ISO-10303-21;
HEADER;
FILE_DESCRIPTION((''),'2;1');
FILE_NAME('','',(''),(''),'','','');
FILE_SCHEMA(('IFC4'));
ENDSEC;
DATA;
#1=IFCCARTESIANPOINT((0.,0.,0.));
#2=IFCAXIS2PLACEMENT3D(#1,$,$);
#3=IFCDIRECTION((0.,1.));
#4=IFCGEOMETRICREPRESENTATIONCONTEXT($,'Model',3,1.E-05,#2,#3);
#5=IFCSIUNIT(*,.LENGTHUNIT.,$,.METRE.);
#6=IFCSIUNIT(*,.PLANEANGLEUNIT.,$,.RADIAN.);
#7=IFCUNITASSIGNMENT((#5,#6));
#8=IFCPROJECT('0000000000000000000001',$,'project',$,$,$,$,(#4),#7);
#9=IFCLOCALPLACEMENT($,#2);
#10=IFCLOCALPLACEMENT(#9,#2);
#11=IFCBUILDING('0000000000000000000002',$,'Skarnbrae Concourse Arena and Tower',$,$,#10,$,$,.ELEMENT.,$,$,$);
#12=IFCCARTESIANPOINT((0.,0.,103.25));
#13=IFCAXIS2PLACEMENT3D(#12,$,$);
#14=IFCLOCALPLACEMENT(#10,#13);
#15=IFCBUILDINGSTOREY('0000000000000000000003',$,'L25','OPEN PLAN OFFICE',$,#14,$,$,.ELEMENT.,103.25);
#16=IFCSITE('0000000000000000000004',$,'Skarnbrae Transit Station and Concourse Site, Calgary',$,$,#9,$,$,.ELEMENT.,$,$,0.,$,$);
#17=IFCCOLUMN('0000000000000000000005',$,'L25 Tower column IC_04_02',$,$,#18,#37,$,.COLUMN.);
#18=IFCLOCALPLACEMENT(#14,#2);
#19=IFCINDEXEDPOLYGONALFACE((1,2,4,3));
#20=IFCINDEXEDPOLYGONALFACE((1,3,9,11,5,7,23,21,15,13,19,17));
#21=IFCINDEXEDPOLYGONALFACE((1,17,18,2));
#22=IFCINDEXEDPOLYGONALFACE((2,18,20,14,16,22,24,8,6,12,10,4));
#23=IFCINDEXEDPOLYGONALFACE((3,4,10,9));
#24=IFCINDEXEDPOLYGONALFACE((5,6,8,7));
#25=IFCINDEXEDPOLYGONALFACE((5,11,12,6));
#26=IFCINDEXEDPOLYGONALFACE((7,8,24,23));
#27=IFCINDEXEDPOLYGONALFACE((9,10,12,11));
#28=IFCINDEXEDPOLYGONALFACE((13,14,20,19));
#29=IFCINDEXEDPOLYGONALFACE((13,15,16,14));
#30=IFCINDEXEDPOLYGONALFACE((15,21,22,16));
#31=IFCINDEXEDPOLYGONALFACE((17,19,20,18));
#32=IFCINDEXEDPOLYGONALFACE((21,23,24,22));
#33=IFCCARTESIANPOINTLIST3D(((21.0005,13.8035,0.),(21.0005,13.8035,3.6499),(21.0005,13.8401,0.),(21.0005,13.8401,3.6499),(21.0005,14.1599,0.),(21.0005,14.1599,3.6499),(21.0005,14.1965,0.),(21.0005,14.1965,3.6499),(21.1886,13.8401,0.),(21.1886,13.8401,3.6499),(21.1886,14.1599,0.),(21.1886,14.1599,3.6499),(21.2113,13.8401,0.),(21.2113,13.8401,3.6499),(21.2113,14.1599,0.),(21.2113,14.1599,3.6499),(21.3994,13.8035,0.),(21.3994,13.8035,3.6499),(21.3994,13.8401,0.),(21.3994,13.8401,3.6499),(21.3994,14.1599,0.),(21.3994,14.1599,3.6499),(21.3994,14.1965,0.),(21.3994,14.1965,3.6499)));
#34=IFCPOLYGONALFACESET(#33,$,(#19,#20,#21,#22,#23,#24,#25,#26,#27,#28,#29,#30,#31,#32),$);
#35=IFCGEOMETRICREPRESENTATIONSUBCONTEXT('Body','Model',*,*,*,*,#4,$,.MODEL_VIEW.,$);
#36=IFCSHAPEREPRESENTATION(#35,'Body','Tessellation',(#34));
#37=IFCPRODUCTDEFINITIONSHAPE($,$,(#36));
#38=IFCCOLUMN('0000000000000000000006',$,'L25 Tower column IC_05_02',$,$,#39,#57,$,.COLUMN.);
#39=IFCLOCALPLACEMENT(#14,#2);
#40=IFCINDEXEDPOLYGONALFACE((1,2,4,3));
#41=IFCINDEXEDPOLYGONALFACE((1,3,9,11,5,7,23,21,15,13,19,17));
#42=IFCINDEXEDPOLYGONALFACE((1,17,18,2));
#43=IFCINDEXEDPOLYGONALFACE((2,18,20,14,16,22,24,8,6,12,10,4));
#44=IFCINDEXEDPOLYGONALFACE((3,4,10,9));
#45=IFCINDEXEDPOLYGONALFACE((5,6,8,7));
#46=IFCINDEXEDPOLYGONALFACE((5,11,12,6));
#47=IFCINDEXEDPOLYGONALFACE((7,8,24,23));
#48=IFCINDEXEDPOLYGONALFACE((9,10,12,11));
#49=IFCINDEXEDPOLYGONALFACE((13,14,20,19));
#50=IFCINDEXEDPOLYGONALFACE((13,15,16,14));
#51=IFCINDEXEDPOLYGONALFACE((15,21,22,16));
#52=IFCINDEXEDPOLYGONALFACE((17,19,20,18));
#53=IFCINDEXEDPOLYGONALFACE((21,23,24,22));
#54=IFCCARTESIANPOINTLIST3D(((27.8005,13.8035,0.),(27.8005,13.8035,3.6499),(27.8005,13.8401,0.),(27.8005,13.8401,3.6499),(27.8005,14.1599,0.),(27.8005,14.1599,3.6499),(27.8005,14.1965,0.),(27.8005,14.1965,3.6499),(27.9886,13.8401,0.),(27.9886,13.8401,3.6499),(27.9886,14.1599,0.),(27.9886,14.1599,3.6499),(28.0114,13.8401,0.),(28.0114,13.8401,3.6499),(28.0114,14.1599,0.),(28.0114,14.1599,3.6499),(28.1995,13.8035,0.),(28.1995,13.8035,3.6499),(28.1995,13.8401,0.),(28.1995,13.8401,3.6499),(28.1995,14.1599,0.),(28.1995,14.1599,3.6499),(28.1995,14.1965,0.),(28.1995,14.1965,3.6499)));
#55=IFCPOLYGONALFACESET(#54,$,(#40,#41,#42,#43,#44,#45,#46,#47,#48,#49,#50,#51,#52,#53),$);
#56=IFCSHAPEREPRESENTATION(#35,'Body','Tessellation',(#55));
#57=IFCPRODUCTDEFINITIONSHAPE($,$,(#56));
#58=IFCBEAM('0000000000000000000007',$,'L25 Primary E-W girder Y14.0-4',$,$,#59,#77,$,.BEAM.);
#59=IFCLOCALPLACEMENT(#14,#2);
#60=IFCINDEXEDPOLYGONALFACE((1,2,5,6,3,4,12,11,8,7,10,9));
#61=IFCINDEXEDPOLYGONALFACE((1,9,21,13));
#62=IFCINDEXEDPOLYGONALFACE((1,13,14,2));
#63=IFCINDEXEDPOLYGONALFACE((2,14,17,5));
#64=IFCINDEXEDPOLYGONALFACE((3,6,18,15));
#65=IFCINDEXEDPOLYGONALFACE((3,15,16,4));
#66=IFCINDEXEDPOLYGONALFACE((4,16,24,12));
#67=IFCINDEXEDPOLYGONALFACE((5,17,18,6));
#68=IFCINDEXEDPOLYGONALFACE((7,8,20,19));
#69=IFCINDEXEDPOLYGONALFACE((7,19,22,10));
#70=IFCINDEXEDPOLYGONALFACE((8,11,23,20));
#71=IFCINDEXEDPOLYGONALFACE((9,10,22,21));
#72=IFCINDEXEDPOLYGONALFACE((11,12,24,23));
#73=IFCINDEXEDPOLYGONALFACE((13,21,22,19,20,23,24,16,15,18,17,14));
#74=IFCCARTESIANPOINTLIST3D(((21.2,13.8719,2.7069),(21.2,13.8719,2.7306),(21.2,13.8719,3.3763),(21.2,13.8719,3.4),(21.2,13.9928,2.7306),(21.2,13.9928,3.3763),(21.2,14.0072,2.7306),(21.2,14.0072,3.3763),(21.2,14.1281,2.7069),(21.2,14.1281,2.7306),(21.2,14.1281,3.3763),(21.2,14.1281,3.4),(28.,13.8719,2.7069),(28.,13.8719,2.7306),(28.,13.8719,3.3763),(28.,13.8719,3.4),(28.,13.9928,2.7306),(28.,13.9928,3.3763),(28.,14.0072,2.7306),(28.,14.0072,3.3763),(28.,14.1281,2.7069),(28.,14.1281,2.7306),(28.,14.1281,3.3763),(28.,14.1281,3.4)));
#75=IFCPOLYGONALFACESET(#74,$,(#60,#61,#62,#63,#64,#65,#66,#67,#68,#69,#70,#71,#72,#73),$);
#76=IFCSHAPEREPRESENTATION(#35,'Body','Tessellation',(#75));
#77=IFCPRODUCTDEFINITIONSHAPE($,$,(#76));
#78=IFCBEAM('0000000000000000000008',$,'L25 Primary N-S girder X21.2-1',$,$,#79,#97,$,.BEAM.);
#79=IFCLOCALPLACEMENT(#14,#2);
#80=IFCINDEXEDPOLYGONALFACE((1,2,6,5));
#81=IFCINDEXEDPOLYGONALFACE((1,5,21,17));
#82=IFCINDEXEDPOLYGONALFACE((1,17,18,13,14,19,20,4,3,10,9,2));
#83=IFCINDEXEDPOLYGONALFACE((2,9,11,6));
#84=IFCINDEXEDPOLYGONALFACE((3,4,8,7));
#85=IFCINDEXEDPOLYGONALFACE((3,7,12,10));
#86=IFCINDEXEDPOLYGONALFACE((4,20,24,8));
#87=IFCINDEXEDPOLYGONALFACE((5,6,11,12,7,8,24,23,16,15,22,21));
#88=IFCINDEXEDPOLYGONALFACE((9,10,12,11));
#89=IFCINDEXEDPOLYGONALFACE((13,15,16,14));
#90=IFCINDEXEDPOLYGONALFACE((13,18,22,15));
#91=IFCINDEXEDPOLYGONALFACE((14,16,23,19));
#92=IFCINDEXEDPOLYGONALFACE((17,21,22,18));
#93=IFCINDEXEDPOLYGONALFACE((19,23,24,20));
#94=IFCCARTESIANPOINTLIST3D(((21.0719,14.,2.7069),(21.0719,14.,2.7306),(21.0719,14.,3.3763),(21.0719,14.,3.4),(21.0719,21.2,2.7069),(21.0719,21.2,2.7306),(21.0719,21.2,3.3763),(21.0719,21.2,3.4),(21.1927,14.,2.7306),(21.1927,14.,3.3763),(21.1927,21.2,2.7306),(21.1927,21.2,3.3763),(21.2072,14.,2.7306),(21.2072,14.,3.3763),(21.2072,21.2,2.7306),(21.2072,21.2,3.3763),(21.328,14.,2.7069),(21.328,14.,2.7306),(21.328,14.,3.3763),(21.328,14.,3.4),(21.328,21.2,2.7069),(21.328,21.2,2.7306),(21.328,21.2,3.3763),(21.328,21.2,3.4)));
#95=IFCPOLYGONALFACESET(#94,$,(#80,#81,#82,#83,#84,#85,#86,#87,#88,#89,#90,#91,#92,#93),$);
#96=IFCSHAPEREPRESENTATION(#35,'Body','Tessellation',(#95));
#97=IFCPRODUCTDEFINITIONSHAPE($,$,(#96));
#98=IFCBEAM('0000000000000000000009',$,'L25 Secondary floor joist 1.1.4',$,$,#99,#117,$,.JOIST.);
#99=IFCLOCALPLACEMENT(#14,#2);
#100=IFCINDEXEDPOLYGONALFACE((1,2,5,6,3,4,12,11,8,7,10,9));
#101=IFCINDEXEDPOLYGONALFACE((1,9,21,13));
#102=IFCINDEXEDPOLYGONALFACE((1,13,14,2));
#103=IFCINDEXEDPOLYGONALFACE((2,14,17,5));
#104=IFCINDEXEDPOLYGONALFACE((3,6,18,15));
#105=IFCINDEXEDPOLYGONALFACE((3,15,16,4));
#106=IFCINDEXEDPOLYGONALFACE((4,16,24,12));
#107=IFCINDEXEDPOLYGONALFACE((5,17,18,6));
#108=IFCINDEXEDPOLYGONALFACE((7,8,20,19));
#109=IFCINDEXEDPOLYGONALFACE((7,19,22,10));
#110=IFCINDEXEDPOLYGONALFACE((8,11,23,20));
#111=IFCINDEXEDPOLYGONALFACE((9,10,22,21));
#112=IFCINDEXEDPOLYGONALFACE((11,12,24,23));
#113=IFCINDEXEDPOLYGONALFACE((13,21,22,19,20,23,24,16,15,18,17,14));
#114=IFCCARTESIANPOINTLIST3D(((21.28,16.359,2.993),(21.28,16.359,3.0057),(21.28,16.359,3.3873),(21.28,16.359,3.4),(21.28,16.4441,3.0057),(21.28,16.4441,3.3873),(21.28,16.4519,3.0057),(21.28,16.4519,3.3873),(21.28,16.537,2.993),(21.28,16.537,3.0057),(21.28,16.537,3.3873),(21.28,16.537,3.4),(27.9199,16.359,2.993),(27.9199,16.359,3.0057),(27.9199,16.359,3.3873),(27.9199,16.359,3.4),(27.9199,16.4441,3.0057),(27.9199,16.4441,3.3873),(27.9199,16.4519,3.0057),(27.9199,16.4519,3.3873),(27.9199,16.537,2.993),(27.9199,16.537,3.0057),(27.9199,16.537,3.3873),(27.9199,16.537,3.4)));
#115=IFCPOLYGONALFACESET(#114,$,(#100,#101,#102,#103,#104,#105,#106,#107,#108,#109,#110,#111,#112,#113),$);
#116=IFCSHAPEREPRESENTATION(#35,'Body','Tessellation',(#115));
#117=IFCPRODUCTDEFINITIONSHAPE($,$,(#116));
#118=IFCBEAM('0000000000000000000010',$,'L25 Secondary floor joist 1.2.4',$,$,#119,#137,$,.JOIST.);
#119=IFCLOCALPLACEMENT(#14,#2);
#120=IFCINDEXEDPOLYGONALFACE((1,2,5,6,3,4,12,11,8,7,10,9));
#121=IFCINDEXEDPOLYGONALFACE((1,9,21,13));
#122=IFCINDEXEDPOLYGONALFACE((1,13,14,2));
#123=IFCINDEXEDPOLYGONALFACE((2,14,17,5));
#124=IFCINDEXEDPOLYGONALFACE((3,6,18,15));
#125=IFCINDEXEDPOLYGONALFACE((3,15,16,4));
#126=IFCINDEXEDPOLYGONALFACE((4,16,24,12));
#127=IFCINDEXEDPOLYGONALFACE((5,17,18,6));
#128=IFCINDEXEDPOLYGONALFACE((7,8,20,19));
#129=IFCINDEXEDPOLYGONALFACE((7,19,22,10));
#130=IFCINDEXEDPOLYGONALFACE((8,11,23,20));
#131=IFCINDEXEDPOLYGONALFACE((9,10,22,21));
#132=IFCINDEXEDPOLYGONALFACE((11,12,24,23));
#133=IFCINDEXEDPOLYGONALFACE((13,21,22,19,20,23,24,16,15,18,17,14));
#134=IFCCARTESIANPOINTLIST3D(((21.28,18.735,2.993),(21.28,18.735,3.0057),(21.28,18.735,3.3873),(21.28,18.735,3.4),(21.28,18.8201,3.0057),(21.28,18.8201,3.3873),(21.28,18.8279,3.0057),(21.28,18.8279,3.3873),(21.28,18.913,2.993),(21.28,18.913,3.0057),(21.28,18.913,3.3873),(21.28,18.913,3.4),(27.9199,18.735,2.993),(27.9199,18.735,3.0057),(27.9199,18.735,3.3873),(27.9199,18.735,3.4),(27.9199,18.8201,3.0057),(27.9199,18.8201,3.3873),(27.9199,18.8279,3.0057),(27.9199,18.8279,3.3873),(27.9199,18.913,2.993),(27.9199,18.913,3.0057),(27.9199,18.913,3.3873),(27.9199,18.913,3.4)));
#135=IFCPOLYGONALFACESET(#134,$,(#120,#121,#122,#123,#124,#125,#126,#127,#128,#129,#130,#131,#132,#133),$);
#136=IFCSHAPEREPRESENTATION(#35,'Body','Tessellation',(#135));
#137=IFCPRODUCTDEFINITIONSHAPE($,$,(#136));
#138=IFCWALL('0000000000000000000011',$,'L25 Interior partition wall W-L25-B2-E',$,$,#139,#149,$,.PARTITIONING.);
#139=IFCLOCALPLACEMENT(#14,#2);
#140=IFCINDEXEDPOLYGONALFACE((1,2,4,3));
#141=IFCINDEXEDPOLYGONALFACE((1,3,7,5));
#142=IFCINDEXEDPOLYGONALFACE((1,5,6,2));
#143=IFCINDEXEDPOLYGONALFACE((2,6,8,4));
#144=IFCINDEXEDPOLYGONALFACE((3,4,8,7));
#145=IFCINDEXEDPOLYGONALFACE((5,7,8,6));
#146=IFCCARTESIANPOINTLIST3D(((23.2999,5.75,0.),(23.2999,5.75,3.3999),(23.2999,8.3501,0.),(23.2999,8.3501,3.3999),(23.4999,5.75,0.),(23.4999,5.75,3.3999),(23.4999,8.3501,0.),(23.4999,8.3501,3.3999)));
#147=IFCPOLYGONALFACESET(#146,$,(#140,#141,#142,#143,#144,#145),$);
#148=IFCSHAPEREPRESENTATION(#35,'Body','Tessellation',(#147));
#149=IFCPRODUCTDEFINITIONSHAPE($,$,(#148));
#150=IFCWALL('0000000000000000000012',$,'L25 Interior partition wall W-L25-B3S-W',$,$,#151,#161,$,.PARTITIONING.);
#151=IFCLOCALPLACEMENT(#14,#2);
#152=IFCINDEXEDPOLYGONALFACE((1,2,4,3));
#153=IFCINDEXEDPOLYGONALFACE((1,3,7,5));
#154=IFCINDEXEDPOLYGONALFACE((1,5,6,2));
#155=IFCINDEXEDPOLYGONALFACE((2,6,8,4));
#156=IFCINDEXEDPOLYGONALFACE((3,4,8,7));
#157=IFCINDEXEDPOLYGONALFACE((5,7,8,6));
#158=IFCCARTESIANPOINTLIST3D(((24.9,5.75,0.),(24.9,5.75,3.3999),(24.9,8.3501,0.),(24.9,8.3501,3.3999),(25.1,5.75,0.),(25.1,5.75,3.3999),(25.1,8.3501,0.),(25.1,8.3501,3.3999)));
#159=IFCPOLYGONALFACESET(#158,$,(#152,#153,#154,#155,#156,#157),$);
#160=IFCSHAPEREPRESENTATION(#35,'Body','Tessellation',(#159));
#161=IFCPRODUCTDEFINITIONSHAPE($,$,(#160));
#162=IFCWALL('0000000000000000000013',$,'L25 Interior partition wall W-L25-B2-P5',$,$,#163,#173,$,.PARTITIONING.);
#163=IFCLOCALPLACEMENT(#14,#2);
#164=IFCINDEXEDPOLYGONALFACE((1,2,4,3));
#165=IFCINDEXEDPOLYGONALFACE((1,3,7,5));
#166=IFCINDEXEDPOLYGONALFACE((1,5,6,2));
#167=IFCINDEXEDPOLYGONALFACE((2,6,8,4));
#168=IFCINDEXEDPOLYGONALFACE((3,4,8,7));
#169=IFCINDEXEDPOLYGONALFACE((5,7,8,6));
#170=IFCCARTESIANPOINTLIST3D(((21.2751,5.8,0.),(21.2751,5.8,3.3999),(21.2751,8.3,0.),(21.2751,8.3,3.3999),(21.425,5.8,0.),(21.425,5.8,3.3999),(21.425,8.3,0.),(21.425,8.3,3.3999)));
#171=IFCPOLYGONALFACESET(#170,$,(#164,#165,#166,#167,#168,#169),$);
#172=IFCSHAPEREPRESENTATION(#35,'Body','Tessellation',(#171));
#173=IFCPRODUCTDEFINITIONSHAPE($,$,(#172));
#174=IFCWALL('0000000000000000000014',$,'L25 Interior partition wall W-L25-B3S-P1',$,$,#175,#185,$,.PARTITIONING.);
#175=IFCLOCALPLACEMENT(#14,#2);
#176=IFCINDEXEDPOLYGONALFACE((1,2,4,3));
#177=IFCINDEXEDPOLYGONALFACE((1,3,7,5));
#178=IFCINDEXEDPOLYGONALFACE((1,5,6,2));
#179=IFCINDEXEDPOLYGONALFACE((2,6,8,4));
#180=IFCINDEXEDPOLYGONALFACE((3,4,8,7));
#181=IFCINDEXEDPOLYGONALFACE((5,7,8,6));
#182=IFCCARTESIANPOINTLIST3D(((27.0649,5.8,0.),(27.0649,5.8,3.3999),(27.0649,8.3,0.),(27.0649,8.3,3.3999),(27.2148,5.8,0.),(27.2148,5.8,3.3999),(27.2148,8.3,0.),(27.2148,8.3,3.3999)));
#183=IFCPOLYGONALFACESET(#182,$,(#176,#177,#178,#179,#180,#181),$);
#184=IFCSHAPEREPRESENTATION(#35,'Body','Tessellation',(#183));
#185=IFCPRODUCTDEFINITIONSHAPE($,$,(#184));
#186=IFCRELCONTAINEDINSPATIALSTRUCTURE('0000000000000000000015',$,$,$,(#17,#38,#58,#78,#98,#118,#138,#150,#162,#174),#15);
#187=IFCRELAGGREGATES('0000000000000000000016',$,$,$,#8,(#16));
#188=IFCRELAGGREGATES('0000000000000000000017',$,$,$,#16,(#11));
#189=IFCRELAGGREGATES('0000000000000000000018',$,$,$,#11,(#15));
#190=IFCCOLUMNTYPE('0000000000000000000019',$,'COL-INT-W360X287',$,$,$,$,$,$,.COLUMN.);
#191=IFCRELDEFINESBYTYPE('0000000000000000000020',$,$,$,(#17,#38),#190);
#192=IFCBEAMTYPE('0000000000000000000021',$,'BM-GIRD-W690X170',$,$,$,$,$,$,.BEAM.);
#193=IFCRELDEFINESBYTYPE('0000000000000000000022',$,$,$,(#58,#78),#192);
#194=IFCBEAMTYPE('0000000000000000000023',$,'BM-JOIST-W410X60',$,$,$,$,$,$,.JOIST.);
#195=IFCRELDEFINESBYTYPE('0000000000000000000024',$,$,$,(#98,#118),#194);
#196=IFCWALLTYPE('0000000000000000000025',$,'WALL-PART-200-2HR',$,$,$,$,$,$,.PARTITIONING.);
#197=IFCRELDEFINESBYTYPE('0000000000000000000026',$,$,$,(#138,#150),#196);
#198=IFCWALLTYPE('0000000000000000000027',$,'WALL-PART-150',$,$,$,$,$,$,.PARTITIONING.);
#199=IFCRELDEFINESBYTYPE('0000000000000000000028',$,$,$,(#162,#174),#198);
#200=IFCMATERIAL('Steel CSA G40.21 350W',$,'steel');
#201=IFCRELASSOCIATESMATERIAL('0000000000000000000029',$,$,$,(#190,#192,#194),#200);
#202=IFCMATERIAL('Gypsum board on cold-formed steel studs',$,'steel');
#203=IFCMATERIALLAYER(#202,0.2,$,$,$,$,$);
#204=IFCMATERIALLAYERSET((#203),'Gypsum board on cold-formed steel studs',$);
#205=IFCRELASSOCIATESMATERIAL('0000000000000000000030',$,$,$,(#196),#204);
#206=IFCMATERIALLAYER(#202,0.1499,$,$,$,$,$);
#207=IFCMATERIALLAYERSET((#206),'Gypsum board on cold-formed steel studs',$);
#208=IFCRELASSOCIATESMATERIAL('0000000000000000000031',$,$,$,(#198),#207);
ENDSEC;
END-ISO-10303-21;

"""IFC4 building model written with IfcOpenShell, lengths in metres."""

from ifc_helpers import new_model, si_unit, direction, frame, frame_2d, origin, origin_2d, place, context, subcontext, project, spatial, rectangle, i_section, extrude, source, transform, mapped, material, layer, layer_set, material_profile, profile_set, type_object, element, save


model = new_model("IFC4")

# Units and contexts
model_context = context("Model", 3, precision=1e-05, world=origin(), true_north=direction((0.0, 1.0)))
body_context = subcontext(model_context, "Body", "Model", "MODEL_VIEW")
ifc_project = project(units=[si_unit("LENGTHUNIT", "METRE"), si_unit("PLANEANGLEUNIT", "RADIAN")], contexts=[model_context])

# Site, building, storey
site_placement = place(None, origin())
site = spatial("IfcSite", under=ifc_project, at=site_placement, Name="Skarnbrae Transit Station and Concourse Site, Calgary", CompositionType="ELEMENT", RefElevation=0.0)
building_placement = place(site_placement, origin())
building = spatial("IfcBuilding", under=site, at=building_placement, Name="Skarnbrae Concourse Arena and Tower", CompositionType="ELEMENT")
storey_placement = place(building_placement, frame((0.0, 0.0, 103.25)))
storey = spatial("IfcBuildingStorey", under=building, at=storey_placement, Name="L25", Description="OPEN PLAN OFFICE", CompositionType="ELEMENT", Elevation=103.25)

# Columns
ifc_material_1 = material(Name="Steel CSA G40.21 350W", Category="steel")
ifc_material_profile_1 = material_profile(ifc_material_1, i_section(OverallWidth=0.3989, OverallDepth=0.3931, WebThickness=0.0227, FlangeThickness=0.0366, at=origin_2d()), Name="W360X287")
ifc_profile_set_1 = profile_set([ifc_material_profile_1], Name="Steel CSA G40.21 350W")
column_type = type_object("IfcColumnType", Name="COL-INT-W360X287", PredefinedType="COLUMN", material=ifc_profile_set_1)
shared_shape_1 = source(origin(), body_context, "Body", "SweptSolid", [
    extrude(i_section(OverallWidth=0.3989, OverallDepth=0.3931, WebThickness=0.0227, FlangeThickness=0.0366, at=origin_2d()), origin(), (0.0, 0.0, 1.0), 3.6499),
])
for number, where, z_axis, x_axis, name in (
    (1, (21.2, 14.0, 0.0), (0.0, 0.0, 1.0), (1.0, 0.0, 0.0), "L25 Tower column IC_04_02"),
    (2, (28.0, 14.0, 0.0), (0.0, 0.0, 1.0), (1.0, 0.0, 0.0), "L25 Tower column IC_05_02"),
):
    element("IfcColumn", number, at=place(storey_placement, frame(where, z_axis=z_axis, x_axis=x_axis)), inside=storey, type_object=column_type, Name=name, PredefinedType="COLUMN", context=body_context, shape_type="MappedRepresentation", body=[
        mapped(shared_shape_1, transform((0.0, 0.0, 0.0))),
    ])

# Beams
ifc_material_profile_2 = material_profile(ifc_material_1, i_section(OverallWidth=0.2561, OverallDepth=0.6931, WebThickness=0.0144, FlangeThickness=0.0237, at=origin_2d()), Name="W690X170")
ifc_profile_set_2 = profile_set([ifc_material_profile_2], Name="Steel CSA G40.21 350W")
beam_type_1 = type_object("IfcBeamType", Name="BM-GIRD-W690X170", PredefinedType="BEAM", material=ifc_profile_set_2)
shared_shape_2 = source(origin(), body_context, "Body", "SweptSolid", [
    extrude(i_section(OverallWidth=0.2561, OverallDepth=0.6931, WebThickness=0.0144, FlangeThickness=0.0237, at=origin_2d()), origin(), (0.0, 0.0, 1.0), 6.8),
])
beam_1_placement = place(storey_placement, frame((21.2, 14.0, 3.0535), z_axis=(1.0, 0.0, 0.0), x_axis=(0.0, 1.0, 0.0)))
element("IfcBeam", 3, at=beam_1_placement, inside=storey, type_object=beam_type_1, Name="L25 Primary E-W girder Y14.0-4", PredefinedType="BEAM", context=body_context, shape_type="MappedRepresentation", body=[
    mapped(shared_shape_2, transform((0.0, 0.0, 0.0))),
])
shared_shape_3 = source(origin(), body_context, "Body", "SweptSolid", [
    extrude(i_section(OverallWidth=0.2561, OverallDepth=0.6931, WebThickness=0.0144, FlangeThickness=0.0237, at=origin_2d()), origin(), (0.0, 0.0, 1.0), 7.2),
])
beam_2_placement = place(storey_placement, frame((21.2, 14.0, 3.0535), z_axis=(0.0, 1.0, 0.0), x_axis=(-1.0, 0.0, 0.0)))
element("IfcBeam", 4, at=beam_2_placement, inside=storey, type_object=beam_type_1, Name="L25 Primary N-S girder X21.2-1", PredefinedType="BEAM", context=body_context, shape_type="MappedRepresentation", body=[
    mapped(shared_shape_3, transform((0.0, 0.0, 0.0))),
])
ifc_material_profile_3 = material_profile(ifc_material_1, i_section(OverallWidth=0.178, OverallDepth=0.407, WebThickness=0.0078, FlangeThickness=0.0127, at=origin_2d()), Name="W410X60")
ifc_profile_set_3 = profile_set([ifc_material_profile_3], Name="Steel CSA G40.21 350W")
beam_type_2 = type_object("IfcBeamType", Name="BM-JOIST-W410X60", PredefinedType="JOIST", material=ifc_profile_set_3)
shared_shape_4 = source(origin(), body_context, "Body", "SweptSolid", [
    extrude(i_section(OverallWidth=0.178, OverallDepth=0.407, WebThickness=0.0078, FlangeThickness=0.0127, at=origin_2d()), origin(), (0.0, 0.0, 1.0), 6.6399),
])
for number, where, z_axis, x_axis, name in (
    (5, (21.28, 16.448, 3.1965), (1.0, 0.0, 0.0), (0.0, 1.0, 0.0), "L25 Secondary floor joist 1.1.4"),
    (6, (21.28, 18.824, 3.1965), (1.0, 0.0, 0.0), (0.0, 1.0, 0.0), "L25 Secondary floor joist 1.2.4"),
):
    element("IfcBeam", number, at=place(storey_placement, frame(where, z_axis=z_axis, x_axis=x_axis)), inside=storey, type_object=beam_type_2, Name=name, PredefinedType="JOIST", context=body_context, shape_type="MappedRepresentation", body=[
        mapped(shared_shape_4, transform((0.0, 0.0, 0.0))),
    ])

# Walls
ifc_material_2 = material(Name="Gypsum board on cold-formed steel studs", Category="steel")
ifc_layer_1 = layer(ifc_material_2, 0.2)
ifc_layer_set_1 = layer_set([ifc_layer_1], Name="Gypsum board on cold-formed steel studs")
wall_type_1 = type_object("IfcWallType", Name="WALL-PART-200-2HR", PredefinedType="PARTITIONING", material=ifc_layer_set_1)
shared_shape_5 = source(origin(), body_context, "Body", "SweptSolid", [
    extrude(rectangle(XDim=2.6001, YDim=0.2, at=frame_2d((1.3, 0.0))), origin(), (0.0, 0.0, 1.0), 3.3999),
])
for number, where, z_axis, x_axis, name in (
    (7, (23.3999, 5.75, 0.0), (0.0, 0.0, 1.0), (0.0, 1.0, 0.0), "L25 Interior partition wall W-L25-B2-E"),
    (8, (25.0, 5.75, 0.0), (0.0, 0.0, 1.0), (0.0, 1.0, 0.0), "L25 Interior partition wall W-L25-B3S-W"),
):
    element("IfcWall", number, at=place(storey_placement, frame(where, z_axis=z_axis, x_axis=x_axis)), inside=storey, type_object=wall_type_1, Name=name, PredefinedType="PARTITIONING", context=body_context, shape_type="MappedRepresentation", body=[
        mapped(shared_shape_5, transform((0.0, 0.0, 0.0))),
    ])
ifc_layer_2 = layer(ifc_material_2, 0.1499)
ifc_layer_set_2 = layer_set([ifc_layer_2], Name="Gypsum board on cold-formed steel studs")
wall_type_2 = type_object("IfcWallType", Name="WALL-PART-150", PredefinedType="PARTITIONING", material=ifc_layer_set_2)
shared_shape_6 = source(origin(), body_context, "Body", "SweptSolid", [
    extrude(rectangle(XDim=2.5, YDim=0.1499, at=frame_2d((1.25, 0.0))), origin(), (0.0, 0.0, 1.0), 3.3999),
])
for number, where, z_axis, x_axis, name in (
    (9, (21.3501, 5.8, 0.0), (0.0, 0.0, 1.0), (0.0, 1.0, 0.0), "L25 Interior partition wall W-L25-B2-P5"),
    (10, (27.1399, 5.8, 0.0), (0.0, 0.0, 1.0), (0.0, 1.0, 0.0), "L25 Interior partition wall W-L25-B3S-P1"),
):
    element("IfcWall", number, at=place(storey_placement, frame(where, z_axis=z_axis, x_axis=x_axis)), inside=storey, type_object=wall_type_2, Name=name, PredefinedType="PARTITIONING", context=body_context, shape_type="MappedRepresentation", body=[
        mapped(shared_shape_6, transform((0.0, 0.0, 0.0))),
    ])

save(model, "model.ifc")
